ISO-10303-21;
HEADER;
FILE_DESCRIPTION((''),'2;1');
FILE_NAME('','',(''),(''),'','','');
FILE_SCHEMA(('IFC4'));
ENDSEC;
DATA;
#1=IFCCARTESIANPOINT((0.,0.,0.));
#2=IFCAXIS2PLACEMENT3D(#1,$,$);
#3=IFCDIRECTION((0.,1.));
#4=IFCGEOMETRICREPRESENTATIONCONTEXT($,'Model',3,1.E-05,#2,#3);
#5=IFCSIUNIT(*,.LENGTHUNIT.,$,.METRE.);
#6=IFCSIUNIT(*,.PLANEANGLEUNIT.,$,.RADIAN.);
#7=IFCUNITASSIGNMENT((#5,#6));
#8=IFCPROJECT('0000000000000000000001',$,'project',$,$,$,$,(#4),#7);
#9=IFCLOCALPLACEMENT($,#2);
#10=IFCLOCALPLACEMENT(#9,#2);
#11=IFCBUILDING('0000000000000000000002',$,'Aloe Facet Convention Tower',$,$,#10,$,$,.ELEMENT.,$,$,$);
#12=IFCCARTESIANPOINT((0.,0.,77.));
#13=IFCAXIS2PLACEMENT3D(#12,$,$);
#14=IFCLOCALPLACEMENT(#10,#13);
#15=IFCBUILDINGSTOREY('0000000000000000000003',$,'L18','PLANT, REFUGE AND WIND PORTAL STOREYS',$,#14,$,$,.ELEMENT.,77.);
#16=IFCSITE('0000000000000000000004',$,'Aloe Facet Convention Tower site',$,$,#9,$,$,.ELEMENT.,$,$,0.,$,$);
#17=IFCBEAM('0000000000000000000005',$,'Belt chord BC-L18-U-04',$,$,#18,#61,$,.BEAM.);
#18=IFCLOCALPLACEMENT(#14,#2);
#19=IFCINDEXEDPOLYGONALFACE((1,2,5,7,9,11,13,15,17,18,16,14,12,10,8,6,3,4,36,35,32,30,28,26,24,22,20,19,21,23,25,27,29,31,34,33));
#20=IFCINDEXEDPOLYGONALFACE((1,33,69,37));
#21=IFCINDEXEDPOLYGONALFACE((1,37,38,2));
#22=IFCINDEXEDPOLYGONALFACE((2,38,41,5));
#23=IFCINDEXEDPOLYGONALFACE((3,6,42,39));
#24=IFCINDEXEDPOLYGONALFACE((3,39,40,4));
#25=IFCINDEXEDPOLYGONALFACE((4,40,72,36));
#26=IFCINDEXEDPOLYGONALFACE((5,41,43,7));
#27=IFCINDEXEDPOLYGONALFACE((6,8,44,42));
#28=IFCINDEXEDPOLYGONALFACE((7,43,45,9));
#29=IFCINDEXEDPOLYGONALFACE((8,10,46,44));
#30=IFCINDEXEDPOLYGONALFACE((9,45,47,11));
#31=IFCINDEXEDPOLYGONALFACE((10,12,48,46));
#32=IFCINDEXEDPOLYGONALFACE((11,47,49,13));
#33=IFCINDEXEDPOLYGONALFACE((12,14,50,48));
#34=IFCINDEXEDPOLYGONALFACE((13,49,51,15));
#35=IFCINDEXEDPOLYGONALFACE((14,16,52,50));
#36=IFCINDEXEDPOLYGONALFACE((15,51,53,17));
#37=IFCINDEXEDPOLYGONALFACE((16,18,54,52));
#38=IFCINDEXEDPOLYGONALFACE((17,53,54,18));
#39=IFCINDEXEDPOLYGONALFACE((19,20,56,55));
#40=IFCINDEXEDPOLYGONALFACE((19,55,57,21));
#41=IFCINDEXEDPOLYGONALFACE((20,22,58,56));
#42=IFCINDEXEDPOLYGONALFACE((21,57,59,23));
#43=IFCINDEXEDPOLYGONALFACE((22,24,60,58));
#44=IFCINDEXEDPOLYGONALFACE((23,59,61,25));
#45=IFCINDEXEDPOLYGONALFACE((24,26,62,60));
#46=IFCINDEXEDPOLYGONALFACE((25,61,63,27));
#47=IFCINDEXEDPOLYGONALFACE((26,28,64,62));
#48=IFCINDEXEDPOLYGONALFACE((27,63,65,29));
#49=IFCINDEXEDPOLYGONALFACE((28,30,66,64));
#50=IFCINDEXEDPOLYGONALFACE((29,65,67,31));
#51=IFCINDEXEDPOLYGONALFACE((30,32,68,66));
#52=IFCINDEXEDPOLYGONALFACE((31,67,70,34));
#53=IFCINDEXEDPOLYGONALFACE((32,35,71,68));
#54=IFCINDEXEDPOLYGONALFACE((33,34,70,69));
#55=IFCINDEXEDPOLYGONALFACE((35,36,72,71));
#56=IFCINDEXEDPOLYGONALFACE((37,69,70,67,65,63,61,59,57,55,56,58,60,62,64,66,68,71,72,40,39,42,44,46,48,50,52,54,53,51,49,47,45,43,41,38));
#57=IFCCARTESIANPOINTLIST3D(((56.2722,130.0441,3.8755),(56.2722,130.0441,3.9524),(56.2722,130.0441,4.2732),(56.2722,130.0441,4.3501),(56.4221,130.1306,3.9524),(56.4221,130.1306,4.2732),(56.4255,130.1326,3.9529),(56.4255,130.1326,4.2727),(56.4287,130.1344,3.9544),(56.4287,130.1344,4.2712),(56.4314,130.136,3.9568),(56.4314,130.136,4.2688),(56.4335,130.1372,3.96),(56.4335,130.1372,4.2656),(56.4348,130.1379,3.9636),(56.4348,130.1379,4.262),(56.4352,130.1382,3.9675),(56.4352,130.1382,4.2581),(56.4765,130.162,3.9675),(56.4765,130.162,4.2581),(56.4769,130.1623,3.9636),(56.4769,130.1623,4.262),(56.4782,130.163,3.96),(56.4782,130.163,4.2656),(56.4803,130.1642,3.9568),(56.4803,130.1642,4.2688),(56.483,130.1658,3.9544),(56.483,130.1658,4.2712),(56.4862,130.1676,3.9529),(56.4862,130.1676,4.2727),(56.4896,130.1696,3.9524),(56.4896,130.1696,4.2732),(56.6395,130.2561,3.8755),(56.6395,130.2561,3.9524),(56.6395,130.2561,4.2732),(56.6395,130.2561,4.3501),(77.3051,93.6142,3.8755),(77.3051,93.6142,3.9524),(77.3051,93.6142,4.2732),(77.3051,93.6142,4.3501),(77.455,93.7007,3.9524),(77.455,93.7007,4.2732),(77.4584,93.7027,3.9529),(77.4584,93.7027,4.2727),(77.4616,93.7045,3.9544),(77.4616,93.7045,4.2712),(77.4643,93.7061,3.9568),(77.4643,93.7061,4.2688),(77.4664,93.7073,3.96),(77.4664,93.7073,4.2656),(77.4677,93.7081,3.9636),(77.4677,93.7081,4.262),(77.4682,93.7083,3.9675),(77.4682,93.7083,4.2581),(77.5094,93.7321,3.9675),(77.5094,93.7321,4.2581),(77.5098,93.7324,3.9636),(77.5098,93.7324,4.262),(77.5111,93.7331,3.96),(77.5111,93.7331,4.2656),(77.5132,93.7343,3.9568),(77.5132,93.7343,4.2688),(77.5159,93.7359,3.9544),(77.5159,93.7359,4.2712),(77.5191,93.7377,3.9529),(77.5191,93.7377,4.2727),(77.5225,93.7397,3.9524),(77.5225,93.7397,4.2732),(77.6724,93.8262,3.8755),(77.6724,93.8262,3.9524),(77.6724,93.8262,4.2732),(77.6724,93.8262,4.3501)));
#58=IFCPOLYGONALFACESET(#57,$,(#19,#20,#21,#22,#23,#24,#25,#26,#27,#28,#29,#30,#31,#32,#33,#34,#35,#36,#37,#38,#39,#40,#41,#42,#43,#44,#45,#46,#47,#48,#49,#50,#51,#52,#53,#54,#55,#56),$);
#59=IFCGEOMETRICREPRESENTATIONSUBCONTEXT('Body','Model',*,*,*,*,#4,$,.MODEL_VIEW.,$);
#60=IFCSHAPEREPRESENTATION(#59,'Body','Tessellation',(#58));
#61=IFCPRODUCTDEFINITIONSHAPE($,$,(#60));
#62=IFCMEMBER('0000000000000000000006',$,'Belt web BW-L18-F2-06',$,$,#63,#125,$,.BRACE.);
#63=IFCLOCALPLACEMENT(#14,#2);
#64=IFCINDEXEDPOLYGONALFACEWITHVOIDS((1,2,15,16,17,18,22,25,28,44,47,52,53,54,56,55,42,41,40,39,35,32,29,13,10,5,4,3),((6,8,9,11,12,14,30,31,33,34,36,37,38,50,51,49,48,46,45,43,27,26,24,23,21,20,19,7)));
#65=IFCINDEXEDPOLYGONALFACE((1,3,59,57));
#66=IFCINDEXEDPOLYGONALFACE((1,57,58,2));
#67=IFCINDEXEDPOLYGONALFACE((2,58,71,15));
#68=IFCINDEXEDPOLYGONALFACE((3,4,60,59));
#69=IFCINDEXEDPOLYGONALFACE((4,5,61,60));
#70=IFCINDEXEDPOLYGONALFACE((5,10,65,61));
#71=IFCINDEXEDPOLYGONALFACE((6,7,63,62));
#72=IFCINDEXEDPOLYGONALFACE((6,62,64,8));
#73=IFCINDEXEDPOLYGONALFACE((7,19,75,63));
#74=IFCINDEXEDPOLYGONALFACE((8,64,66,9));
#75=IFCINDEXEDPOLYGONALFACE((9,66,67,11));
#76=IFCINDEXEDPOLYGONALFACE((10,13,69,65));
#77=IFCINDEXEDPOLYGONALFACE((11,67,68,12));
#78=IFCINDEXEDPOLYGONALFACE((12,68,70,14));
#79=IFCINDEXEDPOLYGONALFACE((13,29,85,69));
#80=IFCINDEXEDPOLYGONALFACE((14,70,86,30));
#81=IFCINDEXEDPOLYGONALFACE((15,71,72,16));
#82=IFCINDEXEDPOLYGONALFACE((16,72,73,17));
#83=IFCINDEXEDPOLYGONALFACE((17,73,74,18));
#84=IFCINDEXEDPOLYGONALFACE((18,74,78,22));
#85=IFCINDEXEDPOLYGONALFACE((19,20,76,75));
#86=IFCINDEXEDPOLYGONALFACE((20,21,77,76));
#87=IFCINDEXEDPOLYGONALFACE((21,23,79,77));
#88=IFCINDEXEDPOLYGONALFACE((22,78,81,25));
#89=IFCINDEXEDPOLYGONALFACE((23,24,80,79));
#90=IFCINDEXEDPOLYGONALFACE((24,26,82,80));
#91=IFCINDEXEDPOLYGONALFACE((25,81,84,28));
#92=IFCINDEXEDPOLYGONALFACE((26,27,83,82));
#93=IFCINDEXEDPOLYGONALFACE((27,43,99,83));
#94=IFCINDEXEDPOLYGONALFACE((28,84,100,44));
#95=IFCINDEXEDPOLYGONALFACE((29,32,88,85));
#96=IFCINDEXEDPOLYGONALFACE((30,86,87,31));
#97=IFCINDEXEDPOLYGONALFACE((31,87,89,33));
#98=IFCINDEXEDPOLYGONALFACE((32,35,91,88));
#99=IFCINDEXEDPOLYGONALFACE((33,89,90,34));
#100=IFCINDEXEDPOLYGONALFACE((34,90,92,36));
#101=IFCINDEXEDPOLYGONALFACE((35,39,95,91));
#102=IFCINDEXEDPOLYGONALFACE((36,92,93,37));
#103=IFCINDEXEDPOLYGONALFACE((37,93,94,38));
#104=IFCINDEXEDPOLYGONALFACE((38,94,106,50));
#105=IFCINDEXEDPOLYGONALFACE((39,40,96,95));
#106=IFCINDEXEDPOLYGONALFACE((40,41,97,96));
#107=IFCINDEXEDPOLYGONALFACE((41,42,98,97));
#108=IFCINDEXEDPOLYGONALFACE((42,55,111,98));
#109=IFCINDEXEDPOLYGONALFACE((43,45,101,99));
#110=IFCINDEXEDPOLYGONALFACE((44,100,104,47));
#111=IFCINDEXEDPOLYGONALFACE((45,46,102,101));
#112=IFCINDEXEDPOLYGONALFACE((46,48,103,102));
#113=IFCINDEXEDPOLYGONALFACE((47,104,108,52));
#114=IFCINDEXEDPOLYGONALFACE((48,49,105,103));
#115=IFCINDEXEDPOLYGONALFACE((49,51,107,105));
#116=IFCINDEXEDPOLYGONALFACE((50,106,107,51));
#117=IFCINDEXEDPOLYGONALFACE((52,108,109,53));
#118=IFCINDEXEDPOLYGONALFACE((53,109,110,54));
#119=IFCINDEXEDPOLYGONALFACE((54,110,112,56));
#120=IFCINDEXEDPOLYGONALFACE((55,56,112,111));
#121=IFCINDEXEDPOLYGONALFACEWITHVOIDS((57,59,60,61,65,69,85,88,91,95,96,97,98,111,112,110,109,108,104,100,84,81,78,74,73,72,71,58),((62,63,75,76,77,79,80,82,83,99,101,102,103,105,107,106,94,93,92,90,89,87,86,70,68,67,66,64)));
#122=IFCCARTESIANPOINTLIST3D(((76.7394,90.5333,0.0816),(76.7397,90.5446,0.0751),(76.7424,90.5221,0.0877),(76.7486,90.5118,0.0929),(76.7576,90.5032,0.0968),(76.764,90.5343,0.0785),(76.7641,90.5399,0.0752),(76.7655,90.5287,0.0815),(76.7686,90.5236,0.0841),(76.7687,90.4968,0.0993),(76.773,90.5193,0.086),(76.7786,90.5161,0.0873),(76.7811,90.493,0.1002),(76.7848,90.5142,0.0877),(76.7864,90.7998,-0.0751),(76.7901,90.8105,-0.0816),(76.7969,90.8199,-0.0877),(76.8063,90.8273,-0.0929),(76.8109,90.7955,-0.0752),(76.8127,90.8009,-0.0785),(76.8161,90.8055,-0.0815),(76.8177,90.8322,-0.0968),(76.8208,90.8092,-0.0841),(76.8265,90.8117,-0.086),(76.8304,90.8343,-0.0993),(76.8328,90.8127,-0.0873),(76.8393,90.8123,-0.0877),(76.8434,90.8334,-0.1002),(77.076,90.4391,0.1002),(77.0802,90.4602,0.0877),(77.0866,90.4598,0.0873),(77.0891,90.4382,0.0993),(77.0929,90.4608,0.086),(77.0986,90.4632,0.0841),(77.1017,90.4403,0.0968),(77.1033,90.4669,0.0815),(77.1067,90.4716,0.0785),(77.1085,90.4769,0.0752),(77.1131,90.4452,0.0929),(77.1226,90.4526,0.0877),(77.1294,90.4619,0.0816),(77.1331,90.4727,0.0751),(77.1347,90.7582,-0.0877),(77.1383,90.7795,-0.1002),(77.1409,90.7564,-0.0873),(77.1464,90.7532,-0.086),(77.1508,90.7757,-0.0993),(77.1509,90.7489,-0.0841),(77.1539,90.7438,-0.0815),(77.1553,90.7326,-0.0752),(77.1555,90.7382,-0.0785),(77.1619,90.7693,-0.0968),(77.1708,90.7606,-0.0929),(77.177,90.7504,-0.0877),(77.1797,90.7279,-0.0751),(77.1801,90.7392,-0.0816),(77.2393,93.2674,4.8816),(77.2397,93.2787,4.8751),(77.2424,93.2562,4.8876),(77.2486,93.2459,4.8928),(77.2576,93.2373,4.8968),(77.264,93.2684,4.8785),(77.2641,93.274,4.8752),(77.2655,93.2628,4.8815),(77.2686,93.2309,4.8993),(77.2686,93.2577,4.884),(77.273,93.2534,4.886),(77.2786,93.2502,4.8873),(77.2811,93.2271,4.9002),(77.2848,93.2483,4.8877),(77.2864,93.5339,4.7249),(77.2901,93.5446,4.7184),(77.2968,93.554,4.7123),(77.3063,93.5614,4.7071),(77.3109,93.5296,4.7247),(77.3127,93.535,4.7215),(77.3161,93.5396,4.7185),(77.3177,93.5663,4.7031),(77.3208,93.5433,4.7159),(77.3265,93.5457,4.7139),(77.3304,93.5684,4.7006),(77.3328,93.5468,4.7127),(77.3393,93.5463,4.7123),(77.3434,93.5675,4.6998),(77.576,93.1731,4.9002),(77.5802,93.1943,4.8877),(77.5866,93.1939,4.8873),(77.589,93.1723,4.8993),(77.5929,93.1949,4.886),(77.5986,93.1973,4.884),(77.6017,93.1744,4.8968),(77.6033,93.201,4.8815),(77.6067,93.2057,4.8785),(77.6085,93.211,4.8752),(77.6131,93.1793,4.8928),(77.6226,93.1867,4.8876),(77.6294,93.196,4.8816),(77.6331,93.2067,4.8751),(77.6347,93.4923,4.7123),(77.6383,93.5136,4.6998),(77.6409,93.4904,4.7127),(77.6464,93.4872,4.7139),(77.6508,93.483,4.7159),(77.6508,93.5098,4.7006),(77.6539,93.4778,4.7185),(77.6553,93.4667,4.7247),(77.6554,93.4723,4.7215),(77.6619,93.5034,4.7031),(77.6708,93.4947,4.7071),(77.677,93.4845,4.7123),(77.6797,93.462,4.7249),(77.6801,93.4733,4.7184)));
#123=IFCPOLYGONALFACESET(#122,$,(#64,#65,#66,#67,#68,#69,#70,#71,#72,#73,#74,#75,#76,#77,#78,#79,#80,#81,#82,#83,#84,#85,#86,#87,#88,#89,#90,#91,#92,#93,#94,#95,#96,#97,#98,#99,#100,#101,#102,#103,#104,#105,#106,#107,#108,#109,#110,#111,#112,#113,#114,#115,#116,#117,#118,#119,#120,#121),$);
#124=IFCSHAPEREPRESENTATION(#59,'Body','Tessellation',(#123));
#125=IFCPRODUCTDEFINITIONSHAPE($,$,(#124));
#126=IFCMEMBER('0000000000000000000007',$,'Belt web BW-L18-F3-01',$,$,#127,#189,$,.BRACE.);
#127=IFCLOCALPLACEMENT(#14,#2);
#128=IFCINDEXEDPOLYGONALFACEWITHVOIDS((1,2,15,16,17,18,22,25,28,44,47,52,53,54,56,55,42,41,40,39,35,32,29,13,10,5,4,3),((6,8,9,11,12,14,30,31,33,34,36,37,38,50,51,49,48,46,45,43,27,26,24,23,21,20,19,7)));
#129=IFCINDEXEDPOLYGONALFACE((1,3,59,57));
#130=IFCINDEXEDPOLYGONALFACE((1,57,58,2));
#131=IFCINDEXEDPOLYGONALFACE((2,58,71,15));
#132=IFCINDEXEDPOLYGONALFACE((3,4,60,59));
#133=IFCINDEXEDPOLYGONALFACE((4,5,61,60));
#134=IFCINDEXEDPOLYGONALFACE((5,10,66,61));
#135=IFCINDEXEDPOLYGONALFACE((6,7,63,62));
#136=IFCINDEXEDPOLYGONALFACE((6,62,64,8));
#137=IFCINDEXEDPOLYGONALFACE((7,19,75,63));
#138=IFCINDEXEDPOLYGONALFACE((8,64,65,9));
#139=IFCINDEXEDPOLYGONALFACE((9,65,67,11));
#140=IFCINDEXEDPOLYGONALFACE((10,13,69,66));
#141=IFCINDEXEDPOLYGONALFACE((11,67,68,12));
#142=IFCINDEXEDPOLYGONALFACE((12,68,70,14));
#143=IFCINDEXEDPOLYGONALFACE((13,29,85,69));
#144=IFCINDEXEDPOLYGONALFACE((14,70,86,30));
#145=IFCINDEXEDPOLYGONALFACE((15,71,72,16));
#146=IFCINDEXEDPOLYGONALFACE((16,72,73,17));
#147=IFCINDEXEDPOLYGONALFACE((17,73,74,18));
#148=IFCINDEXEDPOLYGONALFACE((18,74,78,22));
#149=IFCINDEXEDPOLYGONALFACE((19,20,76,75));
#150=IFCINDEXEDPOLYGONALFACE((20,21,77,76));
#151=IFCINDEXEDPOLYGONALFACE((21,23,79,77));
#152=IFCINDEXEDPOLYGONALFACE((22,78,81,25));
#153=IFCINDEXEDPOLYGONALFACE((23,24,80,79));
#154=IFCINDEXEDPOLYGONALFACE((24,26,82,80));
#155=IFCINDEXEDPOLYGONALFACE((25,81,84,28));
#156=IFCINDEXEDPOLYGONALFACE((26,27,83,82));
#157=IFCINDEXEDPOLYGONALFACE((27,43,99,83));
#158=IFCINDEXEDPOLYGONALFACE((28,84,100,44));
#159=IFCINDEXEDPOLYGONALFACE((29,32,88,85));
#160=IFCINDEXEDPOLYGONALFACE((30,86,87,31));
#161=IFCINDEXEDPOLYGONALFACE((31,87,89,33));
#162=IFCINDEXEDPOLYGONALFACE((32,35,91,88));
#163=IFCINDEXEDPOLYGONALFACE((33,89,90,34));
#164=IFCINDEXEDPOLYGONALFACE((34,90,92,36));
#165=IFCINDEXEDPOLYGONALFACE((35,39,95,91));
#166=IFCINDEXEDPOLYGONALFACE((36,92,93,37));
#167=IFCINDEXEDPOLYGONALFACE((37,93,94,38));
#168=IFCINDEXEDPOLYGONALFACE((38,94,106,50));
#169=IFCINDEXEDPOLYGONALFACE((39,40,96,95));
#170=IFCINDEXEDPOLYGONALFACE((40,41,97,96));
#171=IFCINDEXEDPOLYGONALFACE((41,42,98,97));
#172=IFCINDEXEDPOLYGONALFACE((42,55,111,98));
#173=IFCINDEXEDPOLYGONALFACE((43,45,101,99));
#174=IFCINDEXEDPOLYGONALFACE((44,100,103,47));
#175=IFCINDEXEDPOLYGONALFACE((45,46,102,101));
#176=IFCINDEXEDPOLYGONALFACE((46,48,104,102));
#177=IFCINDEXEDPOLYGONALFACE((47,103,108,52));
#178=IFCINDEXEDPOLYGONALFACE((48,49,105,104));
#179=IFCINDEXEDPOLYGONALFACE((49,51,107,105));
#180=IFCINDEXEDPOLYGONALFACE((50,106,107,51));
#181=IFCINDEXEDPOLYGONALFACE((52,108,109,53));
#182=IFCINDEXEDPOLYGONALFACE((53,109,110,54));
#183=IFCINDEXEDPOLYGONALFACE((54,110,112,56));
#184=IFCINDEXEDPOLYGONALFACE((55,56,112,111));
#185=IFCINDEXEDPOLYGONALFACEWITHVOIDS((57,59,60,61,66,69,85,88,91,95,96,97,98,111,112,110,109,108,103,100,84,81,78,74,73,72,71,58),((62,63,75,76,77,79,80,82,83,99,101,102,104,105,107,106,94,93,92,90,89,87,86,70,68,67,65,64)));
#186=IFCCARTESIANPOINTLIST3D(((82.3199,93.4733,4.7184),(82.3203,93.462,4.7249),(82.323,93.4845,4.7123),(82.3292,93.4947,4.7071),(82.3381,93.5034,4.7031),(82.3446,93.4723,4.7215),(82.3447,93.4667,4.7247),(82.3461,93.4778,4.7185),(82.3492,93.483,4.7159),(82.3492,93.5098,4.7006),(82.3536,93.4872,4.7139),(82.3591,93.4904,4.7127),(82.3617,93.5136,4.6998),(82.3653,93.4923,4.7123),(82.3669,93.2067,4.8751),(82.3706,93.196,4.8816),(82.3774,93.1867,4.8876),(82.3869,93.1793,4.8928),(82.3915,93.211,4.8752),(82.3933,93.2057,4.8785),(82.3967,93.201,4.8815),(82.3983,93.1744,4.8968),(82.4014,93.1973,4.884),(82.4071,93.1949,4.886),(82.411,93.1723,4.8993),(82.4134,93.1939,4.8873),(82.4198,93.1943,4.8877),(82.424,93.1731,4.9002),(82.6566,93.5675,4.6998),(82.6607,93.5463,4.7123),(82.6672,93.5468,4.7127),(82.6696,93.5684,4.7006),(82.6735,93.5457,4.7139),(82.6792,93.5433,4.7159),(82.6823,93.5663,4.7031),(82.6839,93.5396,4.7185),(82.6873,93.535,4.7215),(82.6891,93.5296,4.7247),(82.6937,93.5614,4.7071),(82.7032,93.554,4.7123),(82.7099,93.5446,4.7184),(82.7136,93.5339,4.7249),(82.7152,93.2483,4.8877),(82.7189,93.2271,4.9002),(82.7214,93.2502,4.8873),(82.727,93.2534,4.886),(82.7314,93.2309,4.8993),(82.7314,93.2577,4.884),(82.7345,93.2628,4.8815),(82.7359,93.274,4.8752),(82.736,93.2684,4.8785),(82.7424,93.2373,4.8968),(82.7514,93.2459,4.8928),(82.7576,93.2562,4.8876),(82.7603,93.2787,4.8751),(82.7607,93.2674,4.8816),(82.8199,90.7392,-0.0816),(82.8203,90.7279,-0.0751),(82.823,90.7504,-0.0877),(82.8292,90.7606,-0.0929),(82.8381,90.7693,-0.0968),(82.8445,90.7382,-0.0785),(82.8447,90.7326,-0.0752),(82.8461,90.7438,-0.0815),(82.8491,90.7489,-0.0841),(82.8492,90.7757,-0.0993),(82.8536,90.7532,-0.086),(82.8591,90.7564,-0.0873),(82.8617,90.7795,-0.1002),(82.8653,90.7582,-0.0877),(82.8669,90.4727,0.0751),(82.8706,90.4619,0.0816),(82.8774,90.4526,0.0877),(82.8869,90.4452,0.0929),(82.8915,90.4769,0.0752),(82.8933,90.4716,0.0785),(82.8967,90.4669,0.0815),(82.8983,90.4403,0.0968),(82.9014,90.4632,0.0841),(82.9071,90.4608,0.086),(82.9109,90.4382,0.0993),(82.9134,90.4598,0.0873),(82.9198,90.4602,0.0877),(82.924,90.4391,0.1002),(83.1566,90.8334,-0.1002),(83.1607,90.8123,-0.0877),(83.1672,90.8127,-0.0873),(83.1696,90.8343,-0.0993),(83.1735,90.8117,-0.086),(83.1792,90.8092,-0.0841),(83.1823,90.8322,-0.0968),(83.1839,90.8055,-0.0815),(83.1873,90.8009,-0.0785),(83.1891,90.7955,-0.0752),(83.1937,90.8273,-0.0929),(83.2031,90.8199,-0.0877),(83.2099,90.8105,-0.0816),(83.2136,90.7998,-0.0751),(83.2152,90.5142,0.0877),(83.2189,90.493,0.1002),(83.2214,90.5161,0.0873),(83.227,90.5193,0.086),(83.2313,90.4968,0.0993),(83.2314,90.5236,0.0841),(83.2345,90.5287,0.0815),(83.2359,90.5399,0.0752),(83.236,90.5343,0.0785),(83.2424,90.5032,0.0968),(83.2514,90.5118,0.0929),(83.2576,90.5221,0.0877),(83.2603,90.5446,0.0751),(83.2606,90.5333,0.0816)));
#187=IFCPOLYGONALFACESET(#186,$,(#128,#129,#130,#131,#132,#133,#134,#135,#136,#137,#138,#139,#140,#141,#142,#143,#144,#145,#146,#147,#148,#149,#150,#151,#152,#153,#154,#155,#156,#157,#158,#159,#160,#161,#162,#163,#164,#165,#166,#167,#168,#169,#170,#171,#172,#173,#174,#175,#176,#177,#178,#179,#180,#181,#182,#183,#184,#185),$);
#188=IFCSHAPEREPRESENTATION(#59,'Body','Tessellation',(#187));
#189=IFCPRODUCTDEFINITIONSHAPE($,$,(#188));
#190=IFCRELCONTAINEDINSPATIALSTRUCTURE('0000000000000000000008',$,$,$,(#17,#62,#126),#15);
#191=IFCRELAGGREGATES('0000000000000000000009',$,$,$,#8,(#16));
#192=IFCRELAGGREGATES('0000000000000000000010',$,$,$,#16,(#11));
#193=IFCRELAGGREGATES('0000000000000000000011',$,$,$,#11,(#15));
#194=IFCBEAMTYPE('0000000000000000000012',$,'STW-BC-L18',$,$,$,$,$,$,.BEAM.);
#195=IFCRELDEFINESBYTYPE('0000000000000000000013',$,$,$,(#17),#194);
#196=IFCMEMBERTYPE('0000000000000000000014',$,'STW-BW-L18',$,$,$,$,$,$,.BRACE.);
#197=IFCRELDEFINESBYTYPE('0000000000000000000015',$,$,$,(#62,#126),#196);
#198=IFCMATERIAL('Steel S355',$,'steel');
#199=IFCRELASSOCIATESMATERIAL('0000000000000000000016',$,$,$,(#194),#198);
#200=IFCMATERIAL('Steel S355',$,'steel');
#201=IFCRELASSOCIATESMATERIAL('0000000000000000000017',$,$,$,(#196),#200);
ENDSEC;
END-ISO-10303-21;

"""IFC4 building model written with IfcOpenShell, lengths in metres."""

from ifc_helpers import new_model, si_unit, direction, frame, origin, origin_2d, place, context, subcontext, project, spatial, hollow_rectangle, i_section, extrude, material, material_profile, profile_set, type_object, element, save


model = new_model("IFC4")

# Units and contexts
model_context = context("Model", 3, precision=1e-05, world=origin(), true_north=direction((0.0, 1.0)))
body_context = subcontext(model_context, "Body", "Model", "MODEL_VIEW")
ifc_project = project(units=[si_unit("LENGTHUNIT", "METRE"), si_unit("PLANEANGLEUNIT", "RADIAN")], contexts=[model_context])

# Site, building, storey
site_placement = place(None, origin())
site = spatial("IfcSite", under=ifc_project, at=site_placement, Name="Aloe Facet Convention Tower site", CompositionType="ELEMENT", RefElevation=0.0)
building_placement = place(site_placement, origin())
building = spatial("IfcBuilding", under=site, at=building_placement, Name="Aloe Facet Convention Tower", CompositionType="ELEMENT")
storey_placement = place(building_placement, frame((0.0, 0.0, 77.0)))
storey = spatial("IfcBuildingStorey", under=building, at=storey_placement, Name="L18", Description="PLANT, REFUGE AND WIND PORTAL STOREYS", CompositionType="ELEMENT", Elevation=77.0)

# Beam
ifc_material_1 = material(Name="Steel S355", Category="steel")
ifc_material_profile_1 = material_profile(ifc_material_1, i_section(OverallWidth=0.4241, OverallDepth=0.4746, WebThickness=0.0476, FlangeThickness=0.0769, FilletRadius=0.0151, at=origin_2d()), Name="UC 356x406x634")
ifc_profile_set_1 = profile_set([ifc_material_profile_1], Name="Steel S355")
beam_type_1 = type_object("IfcBeamType", Name="STW-BC-L18", PredefinedType="BEAM", material=ifc_profile_set_1)
beam_1_placement = place(storey_placement, frame((77.4888, 93.7202, 4.1128), z_axis=(-0.500002, 0.866024, 0.0), x_axis=(-0.866024, -0.500002, 0.0)))
element("IfcBeam", 1, at=beam_1_placement, inside=storey, type_object=beam_type_1, Name="Belt chord BC-L18-U-04", PredefinedType="BEAM", context=body_context, shape_type="SweptSolid", body=[
    extrude(i_section(OverallWidth=0.4241, OverallDepth=0.4746, WebThickness=0.0476, FlangeThickness=0.0769, FilletRadius=0.0151, at=origin_2d()), origin(), (0.0, 0.0, 1.0), 42.0657),
])

# Members
ifc_material_2 = material(Name="Steel S355", Category="steel")
ifc_material_profile_2 = material_profile(ifc_material_2, hollow_rectangle(XDim=0.3999, YDim=0.3999, WallThickness=0.0249, InnerFilletRadius=0.0249, OuterFilletRadius=0.05, at=origin_2d()), Name="SHS 400x400x25")
ifc_profile_set_2 = profile_set([ifc_material_profile_2], Name="Steel S355")
member_type_1 = type_object("IfcMemberType", Name="STW-BW-L18", PredefinedType="BRACE", material=ifc_profile_set_2)
for number, where, z_axis, x_axis, name in (
    (2, (76.9597, 90.6362, 0.0), (0.090144, 0.492929, 0.865387), (-0.983687, 0.17989, 0.0), "Belt web BW-L18-F2-06"),
    (3, (83.0403, 90.6362, 0.0), (-0.090144, 0.492929, 0.865387), (-0.983687, -0.17989, 0.0), "Belt web BW-L18-F3-01"),
):
    element("IfcMember", number, at=place(storey_placement, frame(where, z_axis=z_axis, x_axis=x_axis)), inside=storey, type_object=member_type_1, Name=name, PredefinedType="BRACE", context=body_context, shape_type="SweptSolid", body=[
        extrude(hollow_rectangle(XDim=0.3999, YDim=0.3999, WallThickness=0.0249, InnerFilletRadius=0.0249, OuterFilletRadius=0.05, at=origin_2d()), origin(), (0.0, 0.0, 1.0), 5.5466),
    ])

save(model, "model.ifc")
